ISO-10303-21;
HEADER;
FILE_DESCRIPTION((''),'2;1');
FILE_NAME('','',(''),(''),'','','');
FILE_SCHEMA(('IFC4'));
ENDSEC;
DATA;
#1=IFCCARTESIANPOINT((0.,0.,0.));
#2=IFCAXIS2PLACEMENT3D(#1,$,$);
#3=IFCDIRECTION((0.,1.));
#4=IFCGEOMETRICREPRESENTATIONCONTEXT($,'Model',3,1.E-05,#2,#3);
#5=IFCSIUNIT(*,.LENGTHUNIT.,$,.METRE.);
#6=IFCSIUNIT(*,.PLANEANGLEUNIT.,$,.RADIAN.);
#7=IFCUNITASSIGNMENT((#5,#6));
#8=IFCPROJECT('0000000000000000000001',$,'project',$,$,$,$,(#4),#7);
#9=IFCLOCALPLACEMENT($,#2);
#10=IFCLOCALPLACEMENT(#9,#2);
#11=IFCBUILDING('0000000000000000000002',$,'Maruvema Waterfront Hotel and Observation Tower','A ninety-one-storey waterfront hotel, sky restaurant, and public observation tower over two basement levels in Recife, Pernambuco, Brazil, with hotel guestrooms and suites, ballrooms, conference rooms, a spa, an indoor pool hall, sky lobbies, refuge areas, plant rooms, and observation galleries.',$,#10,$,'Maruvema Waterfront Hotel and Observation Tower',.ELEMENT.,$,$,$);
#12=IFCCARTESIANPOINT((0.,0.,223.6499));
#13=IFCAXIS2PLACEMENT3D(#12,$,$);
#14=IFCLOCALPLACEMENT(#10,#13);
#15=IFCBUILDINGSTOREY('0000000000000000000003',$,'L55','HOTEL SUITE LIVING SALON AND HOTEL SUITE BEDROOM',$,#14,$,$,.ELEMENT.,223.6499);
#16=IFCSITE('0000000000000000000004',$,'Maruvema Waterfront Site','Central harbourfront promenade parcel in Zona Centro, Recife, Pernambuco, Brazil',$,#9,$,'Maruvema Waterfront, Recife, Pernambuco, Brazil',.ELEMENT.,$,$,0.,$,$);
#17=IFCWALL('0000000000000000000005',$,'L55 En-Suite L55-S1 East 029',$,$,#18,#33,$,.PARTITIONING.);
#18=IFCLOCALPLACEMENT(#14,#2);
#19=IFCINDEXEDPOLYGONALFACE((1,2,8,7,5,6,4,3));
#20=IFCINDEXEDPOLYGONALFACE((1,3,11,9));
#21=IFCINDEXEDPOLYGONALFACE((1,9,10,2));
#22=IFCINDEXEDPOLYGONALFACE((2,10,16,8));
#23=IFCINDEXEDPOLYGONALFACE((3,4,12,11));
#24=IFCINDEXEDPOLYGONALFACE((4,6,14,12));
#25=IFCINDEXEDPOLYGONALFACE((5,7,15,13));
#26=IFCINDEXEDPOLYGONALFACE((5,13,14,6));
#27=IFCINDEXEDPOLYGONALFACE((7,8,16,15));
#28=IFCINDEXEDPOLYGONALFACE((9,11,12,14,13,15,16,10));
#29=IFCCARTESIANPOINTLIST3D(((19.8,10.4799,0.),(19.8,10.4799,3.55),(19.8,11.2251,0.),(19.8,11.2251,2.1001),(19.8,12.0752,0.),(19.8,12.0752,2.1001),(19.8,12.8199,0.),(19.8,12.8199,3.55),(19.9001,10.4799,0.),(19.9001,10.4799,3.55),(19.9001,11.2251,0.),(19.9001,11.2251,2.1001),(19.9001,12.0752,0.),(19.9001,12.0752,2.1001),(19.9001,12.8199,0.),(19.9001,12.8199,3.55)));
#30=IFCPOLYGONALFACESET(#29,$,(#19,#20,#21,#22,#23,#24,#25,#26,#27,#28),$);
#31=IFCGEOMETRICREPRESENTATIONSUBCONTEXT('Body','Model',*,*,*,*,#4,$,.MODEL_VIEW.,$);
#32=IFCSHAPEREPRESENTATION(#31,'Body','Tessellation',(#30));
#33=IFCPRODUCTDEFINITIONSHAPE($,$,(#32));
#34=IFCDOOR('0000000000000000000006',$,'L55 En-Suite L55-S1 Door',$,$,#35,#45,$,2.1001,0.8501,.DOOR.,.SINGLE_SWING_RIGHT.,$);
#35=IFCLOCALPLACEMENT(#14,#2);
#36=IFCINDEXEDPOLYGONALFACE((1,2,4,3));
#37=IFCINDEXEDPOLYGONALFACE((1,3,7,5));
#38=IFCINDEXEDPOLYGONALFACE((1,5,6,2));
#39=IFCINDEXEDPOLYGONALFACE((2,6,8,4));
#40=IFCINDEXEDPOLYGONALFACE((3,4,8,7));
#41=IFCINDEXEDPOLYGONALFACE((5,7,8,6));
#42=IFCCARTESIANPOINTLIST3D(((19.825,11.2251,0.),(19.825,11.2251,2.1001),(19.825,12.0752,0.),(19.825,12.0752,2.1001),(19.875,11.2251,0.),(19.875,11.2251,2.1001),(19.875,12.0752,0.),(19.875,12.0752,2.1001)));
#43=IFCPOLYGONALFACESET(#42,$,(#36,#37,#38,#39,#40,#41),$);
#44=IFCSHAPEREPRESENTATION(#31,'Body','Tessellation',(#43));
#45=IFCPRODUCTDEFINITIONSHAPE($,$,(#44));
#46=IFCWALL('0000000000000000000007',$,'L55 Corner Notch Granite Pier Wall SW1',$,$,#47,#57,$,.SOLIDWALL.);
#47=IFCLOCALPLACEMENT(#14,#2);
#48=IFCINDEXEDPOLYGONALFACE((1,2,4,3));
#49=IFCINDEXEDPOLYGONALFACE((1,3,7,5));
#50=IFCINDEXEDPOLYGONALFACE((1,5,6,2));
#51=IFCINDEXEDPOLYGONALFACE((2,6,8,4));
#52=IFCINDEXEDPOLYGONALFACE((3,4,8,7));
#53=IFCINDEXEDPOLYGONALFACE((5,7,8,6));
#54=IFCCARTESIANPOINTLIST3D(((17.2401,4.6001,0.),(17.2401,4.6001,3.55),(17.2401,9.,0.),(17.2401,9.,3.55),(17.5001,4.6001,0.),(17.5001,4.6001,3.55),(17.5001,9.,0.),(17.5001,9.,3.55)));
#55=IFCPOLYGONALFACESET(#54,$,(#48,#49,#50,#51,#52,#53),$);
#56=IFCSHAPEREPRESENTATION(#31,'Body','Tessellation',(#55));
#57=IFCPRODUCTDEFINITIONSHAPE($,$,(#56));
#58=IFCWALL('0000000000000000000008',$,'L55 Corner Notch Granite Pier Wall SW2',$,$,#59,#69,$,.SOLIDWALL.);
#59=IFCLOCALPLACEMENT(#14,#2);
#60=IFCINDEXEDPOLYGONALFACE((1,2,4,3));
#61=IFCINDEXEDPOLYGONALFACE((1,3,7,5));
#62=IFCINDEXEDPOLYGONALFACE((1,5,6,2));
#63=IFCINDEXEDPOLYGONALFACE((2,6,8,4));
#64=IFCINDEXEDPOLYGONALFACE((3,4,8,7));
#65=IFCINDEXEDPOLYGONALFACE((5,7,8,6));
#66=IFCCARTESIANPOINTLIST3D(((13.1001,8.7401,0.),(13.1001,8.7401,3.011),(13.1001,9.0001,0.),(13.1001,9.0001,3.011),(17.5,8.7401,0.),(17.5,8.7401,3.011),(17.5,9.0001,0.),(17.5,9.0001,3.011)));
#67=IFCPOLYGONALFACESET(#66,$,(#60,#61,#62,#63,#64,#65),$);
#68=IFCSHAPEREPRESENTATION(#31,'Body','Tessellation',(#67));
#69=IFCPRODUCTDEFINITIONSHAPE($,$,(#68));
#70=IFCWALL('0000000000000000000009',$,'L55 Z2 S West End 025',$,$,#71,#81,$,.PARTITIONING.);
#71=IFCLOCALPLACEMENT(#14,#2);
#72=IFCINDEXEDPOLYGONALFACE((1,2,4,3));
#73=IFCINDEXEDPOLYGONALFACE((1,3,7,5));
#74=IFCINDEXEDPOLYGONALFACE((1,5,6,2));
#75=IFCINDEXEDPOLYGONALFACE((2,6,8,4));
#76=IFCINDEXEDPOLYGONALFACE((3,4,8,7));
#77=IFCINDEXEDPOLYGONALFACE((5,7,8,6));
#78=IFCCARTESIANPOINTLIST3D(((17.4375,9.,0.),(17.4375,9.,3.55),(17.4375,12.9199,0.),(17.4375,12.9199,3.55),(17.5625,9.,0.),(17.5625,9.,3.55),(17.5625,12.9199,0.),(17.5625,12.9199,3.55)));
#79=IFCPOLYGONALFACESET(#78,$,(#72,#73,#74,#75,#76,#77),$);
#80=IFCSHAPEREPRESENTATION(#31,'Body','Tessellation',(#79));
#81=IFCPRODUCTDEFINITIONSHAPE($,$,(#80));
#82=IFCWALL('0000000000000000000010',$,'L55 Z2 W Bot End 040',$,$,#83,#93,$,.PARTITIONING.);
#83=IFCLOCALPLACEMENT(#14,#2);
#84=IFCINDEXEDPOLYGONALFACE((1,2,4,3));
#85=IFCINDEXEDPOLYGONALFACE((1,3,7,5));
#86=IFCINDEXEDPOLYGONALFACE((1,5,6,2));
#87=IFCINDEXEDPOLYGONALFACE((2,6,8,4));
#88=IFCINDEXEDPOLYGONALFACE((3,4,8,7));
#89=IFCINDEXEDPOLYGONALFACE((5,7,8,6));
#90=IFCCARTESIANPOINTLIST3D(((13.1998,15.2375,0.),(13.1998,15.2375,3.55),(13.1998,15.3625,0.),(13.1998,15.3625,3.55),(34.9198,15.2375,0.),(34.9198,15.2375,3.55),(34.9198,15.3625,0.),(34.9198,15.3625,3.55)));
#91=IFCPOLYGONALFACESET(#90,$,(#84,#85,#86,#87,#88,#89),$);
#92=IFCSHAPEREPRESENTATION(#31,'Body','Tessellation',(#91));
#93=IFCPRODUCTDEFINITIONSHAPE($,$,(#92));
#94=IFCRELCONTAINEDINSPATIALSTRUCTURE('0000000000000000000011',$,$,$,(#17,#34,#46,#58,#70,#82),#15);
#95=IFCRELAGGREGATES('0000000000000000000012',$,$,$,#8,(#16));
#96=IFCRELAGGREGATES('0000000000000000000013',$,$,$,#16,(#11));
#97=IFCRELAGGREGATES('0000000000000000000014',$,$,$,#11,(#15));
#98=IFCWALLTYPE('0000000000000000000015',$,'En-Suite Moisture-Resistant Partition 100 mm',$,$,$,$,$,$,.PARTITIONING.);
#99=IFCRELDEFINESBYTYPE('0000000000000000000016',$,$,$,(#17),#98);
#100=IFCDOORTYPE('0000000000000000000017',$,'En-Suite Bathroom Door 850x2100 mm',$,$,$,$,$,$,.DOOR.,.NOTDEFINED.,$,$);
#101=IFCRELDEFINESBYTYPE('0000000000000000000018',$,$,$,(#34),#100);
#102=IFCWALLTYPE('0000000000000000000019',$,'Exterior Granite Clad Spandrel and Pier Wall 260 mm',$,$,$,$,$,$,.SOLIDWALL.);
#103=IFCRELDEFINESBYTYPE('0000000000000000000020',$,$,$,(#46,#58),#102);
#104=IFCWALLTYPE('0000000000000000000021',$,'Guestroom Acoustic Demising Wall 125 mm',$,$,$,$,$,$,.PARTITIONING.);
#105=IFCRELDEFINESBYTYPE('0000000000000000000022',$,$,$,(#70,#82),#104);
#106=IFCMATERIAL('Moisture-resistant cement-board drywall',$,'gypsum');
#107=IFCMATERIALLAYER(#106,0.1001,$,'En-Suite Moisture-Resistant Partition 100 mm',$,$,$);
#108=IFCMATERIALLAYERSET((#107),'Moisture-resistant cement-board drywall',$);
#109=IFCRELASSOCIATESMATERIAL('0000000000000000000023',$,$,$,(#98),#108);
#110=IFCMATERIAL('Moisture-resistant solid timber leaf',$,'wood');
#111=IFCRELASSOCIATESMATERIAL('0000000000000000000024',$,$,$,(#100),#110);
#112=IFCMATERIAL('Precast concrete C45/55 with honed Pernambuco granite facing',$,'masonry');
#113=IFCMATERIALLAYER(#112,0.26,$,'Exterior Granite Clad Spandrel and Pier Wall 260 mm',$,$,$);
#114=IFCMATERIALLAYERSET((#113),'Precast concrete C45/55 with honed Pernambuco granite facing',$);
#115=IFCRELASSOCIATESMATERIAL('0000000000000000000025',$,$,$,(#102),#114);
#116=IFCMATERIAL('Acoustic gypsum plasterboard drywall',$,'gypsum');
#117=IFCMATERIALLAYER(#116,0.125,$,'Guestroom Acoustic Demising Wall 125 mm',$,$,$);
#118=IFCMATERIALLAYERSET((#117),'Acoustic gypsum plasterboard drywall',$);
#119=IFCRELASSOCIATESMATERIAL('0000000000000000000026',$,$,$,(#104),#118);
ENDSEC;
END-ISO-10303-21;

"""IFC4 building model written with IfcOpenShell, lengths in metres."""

from ifc_helpers import new_model, si_unit, direction, frame, frame_2d, origin, place, context, subcontext, project, spatial, rectangle, extrude, material, layer, layer_set, type_object, element, fill, save


model = new_model("IFC4")

# Units and contexts
model_context = context("Model", 3, precision=1e-05, world=origin(), true_north=direction((0.0, 1.0)))
body_context = subcontext(model_context, "Body", "Model", "MODEL_VIEW")
ifc_project = project(units=[si_unit("LENGTHUNIT", "METRE"), si_unit("PLANEANGLEUNIT", "RADIAN")], contexts=[model_context])

# Site, building, storey
site_placement = place(None, origin())
site = spatial("IfcSite", under=ifc_project, at=site_placement, Name="Maruvema Waterfront Site", Description="Central harbourfront promenade parcel in Zona Centro, Recife, Pernambuco, Brazil", LongName="Maruvema Waterfront, Recife, Pernambuco, Brazil", CompositionType="ELEMENT", RefElevation=0.0)
building_placement = place(site_placement, origin())
building = spatial("IfcBuilding", under=site, at=building_placement, Name="Maruvema Waterfront Hotel and Observation Tower", Description="A ninety-one-storey waterfront hotel, sky restaurant, and public observation tower over two basement levels in Recife, Pernambuco, Brazil, with hotel guestrooms and suites, ballrooms, conference rooms, a spa, an indoor pool hall, sky lobbies, refuge areas, plant rooms, and observation galleries.", LongName="Maruvema Waterfront Hotel and Observation Tower", CompositionType="ELEMENT")
storey_placement = place(building_placement, frame((0.0, 0.0, 223.6499)))
storey = spatial("IfcBuildingStorey", under=building, at=storey_placement, Name="L55", Description="HOTEL SUITE LIVING SALON AND HOTEL SUITE BEDROOM", CompositionType="ELEMENT", Elevation=223.6499)

# Shared definitions
ifc_material_1 = material(Name="Moisture-resistant cement-board drywall", Category="gypsum")
ifc_layer_1 = layer(ifc_material_1, 0.1001, Name="En-Suite Moisture-Resistant Partition 100 mm")
ifc_layer_set_1 = layer_set([ifc_layer_1], Name="Moisture-resistant cement-board drywall")
wall_type_1 = type_object("IfcWallType", Name="En-Suite Moisture-Resistant Partition 100 mm", PredefinedType="PARTITIONING", material=ifc_layer_set_1)

# Wall, opening, door
wall_1_placement = place(storey_placement, frame((19.8501, 10.48, 0.0), z_axis=(0.0, 0.0, 1.0), x_axis=(0.0, 1.0, 0.0)))
wall_1 = element("IfcWall", 1, at=wall_1_placement, inside=storey, type_object=wall_type_1, Name="L55 En-Suite L55-S1 East 029", PredefinedType="PARTITIONING", context=body_context, shape_type="SweptSolid", body=[
    extrude(rectangle(XDim=2.3401, YDim=0.1001, at=frame_2d((1.1699, 0.0))), origin(), (0.0, 0.0, 1.0), 3.55),
])
opening_placement = place(wall_1_placement, frame((0.7451, 0.0, 0.0)))
opening = element("IfcOpeningElement", 2, at=opening_placement, cuts=wall_1, PredefinedType="OPENING", context=body_context, shape_type="SweptSolid", body=[
    extrude(rectangle(XDim=0.8501, YDim=2.1001, at=frame_2d((0.425, 1.05))), frame((0.0, 0.0601, 0.0), z_axis=(0.0, -1.0, 0.0), x_axis=(1.0, 0.0, 0.0)), (0.0, 0.0, 1.0), 0.1201),
])
ifc_material_2 = material(Name="Moisture-resistant solid timber leaf", Category="wood")
door_type = type_object("IfcDoorType", Name="En-Suite Bathroom Door 850x2100 mm", OperationType="NOTDEFINED", PredefinedType="DOOR", material=ifc_material_2)
door_placement = place(opening_placement, frame((0.8501, 0.0, 0.0), z_axis=(0.0, 0.0, 1.0), x_axis=(-1.0, 0.0, 0.0)))
door = element("IfcDoor", 3, at=door_placement, inside=storey, type_object=door_type, Name="L55 En-Suite L55-S1 Door", OperationType="SINGLE_SWING_RIGHT", OverallHeight=2.1001, OverallWidth=0.8501, PredefinedType="DOOR", context=body_context, shape_type="SweptSolid", body=[
    extrude(rectangle(XDim=0.8501, YDim=2.1001, at=frame_2d((0.425, 1.05))), frame((0.0, 0.0249, 0.0), z_axis=(0.0, -1.0, 0.0), x_axis=(1.0, 0.0, 0.0)), (0.0, 0.0, 1.0), 0.05),
])
fill(opening, door)

# Walls
ifc_material_3 = material(Name="Precast concrete C45/55 with honed Pernambuco granite facing", Category="masonry")
ifc_layer_2 = layer(ifc_material_3, 0.26, Name="Exterior Granite Clad Spandrel and Pier Wall 260 mm")
ifc_layer_set_2 = layer_set([ifc_layer_2], Name="Precast concrete C45/55 with honed Pernambuco granite facing")
wall_type_2 = type_object("IfcWallType", Name="Exterior Granite Clad Spandrel and Pier Wall 260 mm", PredefinedType="SOLIDWALL", material=ifc_layer_set_2)
wall_2_placement = place(storey_placement, frame((17.3701, 4.6001, 0.0), z_axis=(0.0, 0.0, 1.0), x_axis=(0.0, 1.0, 0.0)))
element("IfcWall", 4, at=wall_2_placement, inside=storey, type_object=wall_type_2, Name="L55 Corner Notch Granite Pier Wall SW1", PredefinedType="SOLIDWALL", context=body_context, shape_type="SweptSolid", body=[
    extrude(rectangle(XDim=4.3999, YDim=0.26, at=frame_2d((2.2, 0.0))), origin(), (0.0, 0.0, 1.0), 3.55),
])
wall_3_placement = place(storey_placement, frame((17.5, 8.8701, 0.0), z_axis=(0.0, 0.0, 1.0), x_axis=(-1.0, 0.0, 0.0)))
element("IfcWall", 5, at=wall_3_placement, inside=storey, type_object=wall_type_2, Name="L55 Corner Notch Granite Pier Wall SW2", PredefinedType="SOLIDWALL", context=body_context, shape_type="SweptSolid", body=[
    extrude(rectangle(XDim=4.3999, YDim=0.26, at=frame_2d((2.2, 0.0))), origin(), (0.0, 0.0, 1.0), 3.011),
])
ifc_material_4 = material(Name="Acoustic gypsum plasterboard drywall", Category="gypsum")
ifc_layer_3 = layer(ifc_material_4, 0.125, Name="Guestroom Acoustic Demising Wall 125 mm")
ifc_layer_set_3 = layer_set([ifc_layer_3], Name="Acoustic gypsum plasterboard drywall")
wall_type_3 = type_object("IfcWallType", Name="Guestroom Acoustic Demising Wall 125 mm", PredefinedType="PARTITIONING", material=ifc_layer_set_3)
wall_4_placement = place(storey_placement, frame((17.5, 9.0, 0.0), z_axis=(0.0, 0.0, 1.0), x_axis=(0.0, 1.0, 0.0)))
element("IfcWall", 6, at=wall_4_placement, inside=storey, type_object=wall_type_3, Name="L55 Z2 S West End 025", PredefinedType="PARTITIONING", context=body_context, shape_type="SweptSolid", body=[
    extrude(rectangle(XDim=3.9199, YDim=0.125, at=frame_2d((1.96, 0.0))), origin(), (0.0, 0.0, 1.0), 3.55),
])
wall_5_placement = place(storey_placement, frame((13.2, 15.3, 0.0), z_axis=(0.0, 0.0, 1.0), x_axis=(1.0, 0.0, 0.0)))
element("IfcWall", 7, at=wall_5_placement, inside=storey, type_object=wall_type_3, Name="L55 Z2 W Bot End 040", PredefinedType="PARTITIONING", context=body_context, shape_type="SweptSolid", body=[
    extrude(rectangle(XDim=21.72, YDim=0.125, at=frame_2d((10.8599, 0.0))), origin(), (0.0, 0.0, 1.0), 3.55),
])

save(model, "model.ifc")
